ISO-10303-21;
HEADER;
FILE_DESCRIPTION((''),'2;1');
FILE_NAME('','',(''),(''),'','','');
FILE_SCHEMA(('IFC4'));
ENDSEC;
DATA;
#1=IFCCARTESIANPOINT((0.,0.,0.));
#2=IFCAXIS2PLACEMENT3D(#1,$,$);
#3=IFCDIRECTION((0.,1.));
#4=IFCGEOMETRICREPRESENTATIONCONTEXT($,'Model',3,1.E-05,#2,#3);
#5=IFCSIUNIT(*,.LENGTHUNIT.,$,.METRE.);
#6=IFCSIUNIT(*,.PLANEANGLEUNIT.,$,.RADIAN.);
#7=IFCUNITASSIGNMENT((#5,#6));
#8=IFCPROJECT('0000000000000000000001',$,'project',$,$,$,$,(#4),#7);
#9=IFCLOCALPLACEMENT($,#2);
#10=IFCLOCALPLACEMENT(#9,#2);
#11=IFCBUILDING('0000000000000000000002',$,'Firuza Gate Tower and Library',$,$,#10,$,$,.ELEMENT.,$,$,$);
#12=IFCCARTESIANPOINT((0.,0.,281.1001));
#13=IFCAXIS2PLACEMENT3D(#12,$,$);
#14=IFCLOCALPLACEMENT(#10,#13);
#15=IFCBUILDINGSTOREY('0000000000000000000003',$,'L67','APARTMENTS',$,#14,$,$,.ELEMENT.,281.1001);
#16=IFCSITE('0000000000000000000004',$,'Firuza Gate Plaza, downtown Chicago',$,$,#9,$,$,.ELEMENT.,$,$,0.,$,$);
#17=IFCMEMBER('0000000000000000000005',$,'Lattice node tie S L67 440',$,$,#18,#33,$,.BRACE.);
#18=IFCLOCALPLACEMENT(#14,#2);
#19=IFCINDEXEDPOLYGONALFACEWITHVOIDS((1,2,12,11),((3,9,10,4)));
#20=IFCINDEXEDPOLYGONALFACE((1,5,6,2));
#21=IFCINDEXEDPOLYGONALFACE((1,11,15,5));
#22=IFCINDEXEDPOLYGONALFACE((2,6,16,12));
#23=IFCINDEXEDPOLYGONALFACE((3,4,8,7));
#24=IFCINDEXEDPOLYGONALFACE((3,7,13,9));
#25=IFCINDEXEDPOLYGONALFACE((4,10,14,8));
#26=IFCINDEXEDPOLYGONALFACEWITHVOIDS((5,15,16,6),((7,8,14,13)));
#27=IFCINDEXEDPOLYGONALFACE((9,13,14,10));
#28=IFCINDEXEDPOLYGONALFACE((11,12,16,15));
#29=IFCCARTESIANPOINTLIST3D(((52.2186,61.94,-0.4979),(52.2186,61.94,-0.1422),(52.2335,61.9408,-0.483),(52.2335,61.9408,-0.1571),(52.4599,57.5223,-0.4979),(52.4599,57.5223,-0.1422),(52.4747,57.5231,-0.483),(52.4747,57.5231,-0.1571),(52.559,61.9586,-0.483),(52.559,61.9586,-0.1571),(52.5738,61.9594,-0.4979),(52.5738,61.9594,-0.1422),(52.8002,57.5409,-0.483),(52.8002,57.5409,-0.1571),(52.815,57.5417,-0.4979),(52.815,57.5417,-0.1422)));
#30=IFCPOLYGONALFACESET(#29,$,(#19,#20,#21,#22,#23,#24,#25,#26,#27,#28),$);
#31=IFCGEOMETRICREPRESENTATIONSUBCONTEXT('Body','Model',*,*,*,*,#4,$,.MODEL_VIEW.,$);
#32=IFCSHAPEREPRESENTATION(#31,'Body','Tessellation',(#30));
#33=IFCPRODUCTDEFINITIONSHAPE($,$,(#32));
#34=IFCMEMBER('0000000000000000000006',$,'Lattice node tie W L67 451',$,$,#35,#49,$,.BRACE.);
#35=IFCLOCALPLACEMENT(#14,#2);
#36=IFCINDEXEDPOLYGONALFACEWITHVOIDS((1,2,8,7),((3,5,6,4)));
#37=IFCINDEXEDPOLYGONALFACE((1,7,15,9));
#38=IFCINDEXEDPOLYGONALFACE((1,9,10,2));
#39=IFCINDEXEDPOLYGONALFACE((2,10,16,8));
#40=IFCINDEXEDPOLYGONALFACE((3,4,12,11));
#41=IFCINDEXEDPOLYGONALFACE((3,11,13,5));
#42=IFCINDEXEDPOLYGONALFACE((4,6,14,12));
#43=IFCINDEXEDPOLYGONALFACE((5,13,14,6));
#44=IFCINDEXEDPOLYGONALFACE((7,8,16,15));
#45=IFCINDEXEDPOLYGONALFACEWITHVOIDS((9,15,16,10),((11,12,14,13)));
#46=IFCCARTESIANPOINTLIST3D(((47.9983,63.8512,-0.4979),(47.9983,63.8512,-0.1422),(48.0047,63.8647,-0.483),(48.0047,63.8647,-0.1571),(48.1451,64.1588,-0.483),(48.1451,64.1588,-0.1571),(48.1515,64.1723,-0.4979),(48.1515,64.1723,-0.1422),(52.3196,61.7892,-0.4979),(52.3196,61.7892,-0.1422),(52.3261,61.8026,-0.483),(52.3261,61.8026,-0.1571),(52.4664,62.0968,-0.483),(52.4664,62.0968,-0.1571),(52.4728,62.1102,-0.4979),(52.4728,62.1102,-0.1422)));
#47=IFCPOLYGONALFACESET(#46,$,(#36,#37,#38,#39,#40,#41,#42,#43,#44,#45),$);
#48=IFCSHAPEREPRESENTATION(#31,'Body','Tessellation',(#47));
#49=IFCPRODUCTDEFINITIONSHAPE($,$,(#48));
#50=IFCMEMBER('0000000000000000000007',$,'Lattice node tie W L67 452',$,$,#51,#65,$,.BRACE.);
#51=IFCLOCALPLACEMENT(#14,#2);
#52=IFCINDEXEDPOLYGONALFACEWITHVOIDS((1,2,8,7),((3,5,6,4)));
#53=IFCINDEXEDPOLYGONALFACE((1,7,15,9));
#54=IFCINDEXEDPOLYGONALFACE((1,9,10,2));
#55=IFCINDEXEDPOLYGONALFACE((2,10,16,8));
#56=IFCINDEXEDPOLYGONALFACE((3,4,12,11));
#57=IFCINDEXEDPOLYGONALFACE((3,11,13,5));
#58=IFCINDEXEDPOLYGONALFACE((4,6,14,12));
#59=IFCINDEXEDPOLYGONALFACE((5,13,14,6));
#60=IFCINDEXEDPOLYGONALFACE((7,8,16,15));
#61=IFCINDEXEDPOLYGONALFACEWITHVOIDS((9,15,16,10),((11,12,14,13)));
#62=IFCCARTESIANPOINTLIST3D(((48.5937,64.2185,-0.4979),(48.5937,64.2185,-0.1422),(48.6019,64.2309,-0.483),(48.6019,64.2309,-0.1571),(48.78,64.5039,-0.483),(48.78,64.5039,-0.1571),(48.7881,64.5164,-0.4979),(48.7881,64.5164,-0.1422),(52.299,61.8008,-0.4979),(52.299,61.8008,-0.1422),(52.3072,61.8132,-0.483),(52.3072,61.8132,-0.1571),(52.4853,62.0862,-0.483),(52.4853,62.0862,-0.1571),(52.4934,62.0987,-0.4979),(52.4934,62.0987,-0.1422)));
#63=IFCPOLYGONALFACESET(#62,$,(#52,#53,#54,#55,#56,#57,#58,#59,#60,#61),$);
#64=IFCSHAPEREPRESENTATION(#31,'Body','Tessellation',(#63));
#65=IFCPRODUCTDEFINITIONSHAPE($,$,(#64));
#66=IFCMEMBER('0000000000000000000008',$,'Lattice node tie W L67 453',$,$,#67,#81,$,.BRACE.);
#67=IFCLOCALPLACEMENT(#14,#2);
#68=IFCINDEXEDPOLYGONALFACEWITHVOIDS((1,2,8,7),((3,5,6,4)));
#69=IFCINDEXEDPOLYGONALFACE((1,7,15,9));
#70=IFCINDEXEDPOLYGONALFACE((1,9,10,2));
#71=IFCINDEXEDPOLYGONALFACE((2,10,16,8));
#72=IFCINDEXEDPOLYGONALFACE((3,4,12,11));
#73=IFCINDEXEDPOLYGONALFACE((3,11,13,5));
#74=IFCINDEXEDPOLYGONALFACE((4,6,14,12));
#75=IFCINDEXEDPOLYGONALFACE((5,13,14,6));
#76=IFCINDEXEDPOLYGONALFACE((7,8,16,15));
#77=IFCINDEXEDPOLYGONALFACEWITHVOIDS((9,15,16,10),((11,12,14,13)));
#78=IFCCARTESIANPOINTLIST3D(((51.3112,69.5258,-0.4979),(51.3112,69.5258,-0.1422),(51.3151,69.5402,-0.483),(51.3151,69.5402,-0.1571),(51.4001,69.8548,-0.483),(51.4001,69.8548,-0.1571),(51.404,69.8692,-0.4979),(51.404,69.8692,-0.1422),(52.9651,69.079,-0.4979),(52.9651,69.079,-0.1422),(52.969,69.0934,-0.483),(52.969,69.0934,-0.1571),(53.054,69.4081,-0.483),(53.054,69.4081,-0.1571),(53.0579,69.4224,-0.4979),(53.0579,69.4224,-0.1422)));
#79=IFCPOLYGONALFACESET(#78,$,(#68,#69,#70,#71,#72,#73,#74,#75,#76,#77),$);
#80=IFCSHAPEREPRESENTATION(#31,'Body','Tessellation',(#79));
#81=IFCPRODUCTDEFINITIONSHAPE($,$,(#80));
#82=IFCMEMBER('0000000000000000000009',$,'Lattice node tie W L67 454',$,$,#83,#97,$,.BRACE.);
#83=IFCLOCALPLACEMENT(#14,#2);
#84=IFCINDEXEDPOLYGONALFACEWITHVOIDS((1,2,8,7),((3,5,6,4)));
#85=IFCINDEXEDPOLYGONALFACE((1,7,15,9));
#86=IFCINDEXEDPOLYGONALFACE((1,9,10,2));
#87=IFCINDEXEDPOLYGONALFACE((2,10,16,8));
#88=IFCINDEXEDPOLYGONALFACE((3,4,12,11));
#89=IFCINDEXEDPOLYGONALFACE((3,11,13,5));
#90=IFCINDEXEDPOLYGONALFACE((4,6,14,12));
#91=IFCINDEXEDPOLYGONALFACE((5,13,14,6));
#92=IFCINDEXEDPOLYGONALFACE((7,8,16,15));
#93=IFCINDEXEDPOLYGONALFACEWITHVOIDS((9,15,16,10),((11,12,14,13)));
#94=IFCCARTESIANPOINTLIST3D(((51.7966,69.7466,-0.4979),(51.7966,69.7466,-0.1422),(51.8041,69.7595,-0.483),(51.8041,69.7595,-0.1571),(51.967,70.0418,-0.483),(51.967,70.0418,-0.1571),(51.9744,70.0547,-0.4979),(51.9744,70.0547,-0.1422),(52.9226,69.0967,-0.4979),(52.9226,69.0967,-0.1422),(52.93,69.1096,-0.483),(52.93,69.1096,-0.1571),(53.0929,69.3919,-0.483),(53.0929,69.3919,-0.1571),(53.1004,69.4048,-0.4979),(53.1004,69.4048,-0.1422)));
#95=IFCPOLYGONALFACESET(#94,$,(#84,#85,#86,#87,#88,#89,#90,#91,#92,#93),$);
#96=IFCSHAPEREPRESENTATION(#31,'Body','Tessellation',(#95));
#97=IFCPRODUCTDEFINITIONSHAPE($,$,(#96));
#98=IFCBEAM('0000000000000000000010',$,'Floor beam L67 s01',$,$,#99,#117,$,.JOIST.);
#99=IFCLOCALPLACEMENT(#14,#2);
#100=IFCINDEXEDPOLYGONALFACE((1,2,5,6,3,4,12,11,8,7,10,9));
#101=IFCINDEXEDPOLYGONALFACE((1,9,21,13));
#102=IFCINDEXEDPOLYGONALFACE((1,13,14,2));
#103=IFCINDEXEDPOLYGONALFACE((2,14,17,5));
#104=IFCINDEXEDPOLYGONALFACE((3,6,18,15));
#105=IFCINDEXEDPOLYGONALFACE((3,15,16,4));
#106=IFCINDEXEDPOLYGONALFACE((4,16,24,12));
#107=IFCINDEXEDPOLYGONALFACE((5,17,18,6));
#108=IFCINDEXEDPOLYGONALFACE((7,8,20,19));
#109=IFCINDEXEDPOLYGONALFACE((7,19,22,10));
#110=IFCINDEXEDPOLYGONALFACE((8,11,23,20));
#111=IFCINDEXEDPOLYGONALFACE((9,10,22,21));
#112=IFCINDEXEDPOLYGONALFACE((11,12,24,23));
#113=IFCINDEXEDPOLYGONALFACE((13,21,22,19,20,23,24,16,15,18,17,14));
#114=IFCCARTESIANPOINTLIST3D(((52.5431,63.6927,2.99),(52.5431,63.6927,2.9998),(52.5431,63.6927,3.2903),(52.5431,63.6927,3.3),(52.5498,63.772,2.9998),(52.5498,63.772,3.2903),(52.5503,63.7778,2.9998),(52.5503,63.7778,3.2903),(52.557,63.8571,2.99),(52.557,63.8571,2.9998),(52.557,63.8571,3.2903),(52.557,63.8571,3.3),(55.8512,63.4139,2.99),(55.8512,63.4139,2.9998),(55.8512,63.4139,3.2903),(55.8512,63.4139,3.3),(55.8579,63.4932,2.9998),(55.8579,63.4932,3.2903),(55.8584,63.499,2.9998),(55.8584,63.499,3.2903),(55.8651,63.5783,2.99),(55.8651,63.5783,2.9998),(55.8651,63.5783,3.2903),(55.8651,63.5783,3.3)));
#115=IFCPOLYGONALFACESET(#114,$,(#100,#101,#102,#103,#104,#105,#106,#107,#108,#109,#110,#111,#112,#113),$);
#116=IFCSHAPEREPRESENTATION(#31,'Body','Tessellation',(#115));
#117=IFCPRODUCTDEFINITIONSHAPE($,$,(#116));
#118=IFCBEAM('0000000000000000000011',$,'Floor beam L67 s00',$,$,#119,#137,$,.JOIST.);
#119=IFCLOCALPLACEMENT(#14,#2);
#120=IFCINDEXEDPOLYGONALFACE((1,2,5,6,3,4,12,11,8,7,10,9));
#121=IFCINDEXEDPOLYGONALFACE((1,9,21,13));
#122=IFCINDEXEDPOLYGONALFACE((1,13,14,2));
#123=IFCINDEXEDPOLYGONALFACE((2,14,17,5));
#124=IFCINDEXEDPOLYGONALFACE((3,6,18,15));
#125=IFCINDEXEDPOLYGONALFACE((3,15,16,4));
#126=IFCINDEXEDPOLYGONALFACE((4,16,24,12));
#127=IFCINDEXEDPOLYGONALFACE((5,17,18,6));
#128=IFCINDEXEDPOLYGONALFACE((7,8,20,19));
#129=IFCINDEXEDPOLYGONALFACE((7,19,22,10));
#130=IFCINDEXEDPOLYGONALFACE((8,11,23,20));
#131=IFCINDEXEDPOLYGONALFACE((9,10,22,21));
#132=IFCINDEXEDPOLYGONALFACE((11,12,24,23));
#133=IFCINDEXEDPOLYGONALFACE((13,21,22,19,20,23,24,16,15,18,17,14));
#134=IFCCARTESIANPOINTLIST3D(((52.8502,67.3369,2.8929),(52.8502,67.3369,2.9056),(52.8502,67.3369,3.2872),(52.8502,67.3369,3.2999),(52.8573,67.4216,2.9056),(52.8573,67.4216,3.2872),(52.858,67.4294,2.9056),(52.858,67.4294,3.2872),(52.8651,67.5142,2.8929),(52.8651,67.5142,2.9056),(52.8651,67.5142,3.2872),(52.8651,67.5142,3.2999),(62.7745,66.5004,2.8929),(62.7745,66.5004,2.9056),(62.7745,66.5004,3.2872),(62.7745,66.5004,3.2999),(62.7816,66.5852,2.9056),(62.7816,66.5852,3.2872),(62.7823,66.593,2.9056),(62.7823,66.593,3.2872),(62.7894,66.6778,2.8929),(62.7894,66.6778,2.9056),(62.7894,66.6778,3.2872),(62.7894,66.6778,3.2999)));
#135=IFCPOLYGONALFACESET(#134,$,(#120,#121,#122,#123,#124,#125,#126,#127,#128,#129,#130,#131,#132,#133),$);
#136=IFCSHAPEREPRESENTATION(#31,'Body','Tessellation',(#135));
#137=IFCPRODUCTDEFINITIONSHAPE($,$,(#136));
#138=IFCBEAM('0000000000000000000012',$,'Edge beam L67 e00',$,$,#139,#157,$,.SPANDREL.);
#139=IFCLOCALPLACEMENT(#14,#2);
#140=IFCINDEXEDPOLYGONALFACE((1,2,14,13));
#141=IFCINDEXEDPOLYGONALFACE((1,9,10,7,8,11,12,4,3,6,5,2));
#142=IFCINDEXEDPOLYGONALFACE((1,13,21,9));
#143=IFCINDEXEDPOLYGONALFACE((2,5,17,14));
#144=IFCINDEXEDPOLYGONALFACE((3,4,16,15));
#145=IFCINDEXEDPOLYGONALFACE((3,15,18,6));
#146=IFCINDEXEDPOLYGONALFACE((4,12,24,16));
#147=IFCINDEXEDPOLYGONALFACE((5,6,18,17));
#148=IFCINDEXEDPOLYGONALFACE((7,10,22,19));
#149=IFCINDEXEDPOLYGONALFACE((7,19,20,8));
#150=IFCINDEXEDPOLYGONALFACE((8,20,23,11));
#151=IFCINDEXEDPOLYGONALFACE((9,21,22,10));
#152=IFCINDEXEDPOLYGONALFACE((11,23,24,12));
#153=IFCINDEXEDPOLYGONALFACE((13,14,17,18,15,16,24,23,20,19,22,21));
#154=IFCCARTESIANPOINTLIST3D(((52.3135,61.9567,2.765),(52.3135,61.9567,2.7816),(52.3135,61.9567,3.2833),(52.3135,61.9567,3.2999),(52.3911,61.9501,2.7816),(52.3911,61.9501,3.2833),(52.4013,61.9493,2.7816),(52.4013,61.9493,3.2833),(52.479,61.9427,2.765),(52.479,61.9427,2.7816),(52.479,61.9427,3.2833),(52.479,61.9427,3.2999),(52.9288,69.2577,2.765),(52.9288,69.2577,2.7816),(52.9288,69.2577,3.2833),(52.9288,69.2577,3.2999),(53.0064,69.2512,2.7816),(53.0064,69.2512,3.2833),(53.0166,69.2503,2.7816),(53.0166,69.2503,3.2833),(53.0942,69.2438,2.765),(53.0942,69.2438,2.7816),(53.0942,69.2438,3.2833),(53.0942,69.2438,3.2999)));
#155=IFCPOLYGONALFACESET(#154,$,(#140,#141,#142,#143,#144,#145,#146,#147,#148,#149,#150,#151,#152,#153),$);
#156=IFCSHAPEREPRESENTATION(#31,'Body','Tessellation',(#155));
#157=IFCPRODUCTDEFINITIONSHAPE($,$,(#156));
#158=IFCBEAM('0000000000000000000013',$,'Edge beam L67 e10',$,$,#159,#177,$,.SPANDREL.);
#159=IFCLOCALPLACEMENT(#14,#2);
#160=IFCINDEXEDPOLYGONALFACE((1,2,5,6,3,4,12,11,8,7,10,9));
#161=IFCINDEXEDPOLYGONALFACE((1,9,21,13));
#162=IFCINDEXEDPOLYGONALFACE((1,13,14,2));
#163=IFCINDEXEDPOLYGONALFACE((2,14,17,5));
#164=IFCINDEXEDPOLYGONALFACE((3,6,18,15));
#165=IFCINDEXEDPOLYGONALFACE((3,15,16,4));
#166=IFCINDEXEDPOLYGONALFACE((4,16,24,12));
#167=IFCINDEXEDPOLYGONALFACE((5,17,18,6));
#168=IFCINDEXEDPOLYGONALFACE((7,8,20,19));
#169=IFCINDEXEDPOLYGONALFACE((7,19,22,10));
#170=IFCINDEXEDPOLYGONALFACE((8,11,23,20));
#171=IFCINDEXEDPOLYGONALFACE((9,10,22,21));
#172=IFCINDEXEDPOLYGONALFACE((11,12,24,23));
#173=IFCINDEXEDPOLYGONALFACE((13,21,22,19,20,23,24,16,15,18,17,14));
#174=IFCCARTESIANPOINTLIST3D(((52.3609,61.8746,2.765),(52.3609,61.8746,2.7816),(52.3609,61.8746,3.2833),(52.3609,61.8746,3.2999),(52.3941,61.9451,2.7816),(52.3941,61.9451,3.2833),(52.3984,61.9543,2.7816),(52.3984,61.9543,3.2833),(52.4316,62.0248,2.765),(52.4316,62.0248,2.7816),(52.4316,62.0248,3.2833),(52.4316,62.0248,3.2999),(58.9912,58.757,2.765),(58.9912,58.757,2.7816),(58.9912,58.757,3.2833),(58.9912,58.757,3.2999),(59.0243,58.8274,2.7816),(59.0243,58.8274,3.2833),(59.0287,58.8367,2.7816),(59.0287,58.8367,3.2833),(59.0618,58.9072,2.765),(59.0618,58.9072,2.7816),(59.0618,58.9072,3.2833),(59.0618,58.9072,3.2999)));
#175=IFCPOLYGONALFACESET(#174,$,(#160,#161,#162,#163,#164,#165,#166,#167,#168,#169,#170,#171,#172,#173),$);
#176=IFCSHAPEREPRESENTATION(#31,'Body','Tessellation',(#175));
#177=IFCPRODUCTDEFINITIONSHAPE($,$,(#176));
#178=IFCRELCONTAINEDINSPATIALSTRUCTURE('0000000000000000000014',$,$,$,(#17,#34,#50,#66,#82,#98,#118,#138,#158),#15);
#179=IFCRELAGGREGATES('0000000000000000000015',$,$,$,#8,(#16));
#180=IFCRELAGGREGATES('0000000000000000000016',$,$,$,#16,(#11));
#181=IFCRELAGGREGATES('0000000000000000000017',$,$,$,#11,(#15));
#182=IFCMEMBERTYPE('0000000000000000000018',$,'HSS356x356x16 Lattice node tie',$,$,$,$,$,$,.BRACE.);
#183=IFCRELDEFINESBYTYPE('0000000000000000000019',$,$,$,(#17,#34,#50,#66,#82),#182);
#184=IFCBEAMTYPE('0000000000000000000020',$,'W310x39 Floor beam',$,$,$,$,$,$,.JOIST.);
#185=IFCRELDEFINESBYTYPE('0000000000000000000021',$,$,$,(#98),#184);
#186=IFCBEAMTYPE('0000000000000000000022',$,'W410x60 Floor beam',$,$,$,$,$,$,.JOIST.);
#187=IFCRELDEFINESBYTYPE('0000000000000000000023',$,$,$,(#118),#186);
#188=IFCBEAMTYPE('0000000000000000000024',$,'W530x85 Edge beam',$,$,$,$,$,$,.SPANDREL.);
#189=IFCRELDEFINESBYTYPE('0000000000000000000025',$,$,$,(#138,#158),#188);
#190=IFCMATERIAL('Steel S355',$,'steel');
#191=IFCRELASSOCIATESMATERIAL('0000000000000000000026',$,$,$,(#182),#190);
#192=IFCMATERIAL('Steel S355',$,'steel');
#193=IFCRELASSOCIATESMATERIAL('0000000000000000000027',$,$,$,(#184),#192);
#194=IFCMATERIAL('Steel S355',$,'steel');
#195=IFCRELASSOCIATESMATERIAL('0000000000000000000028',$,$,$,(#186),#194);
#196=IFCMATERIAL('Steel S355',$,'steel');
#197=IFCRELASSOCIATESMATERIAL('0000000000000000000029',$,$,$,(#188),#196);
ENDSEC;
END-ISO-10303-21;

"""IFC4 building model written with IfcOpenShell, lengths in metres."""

from ifc_helpers import new_model, si_unit, direction, frame, origin, origin_2d, place, context, subcontext, project, spatial, hollow_rectangle, i_section, extrude, material, material_profile, profile_set, type_object, element, save


model = new_model("IFC4")

# Units and contexts
model_context = context("Model", 3, precision=1e-05, world=origin(), true_north=direction((0.0, 1.0)))
body_context = subcontext(model_context, "Body", "Model", "MODEL_VIEW")
ifc_project = project(units=[si_unit("LENGTHUNIT", "METRE"), si_unit("PLANEANGLEUNIT", "RADIAN")], contexts=[model_context])

# Site, building, storey
site_placement = place(None, origin())
site = spatial("IfcSite", under=ifc_project, at=site_placement, Name="Firuza Gate Plaza, downtown Chicago", CompositionType="ELEMENT", RefElevation=0.0)
building_placement = place(site_placement, origin())
building = spatial("IfcBuilding", under=site, at=building_placement, Name="Firuza Gate Tower and Library", CompositionType="ELEMENT")
storey_placement = place(building_placement, frame((0.0, 0.0, 281.1001)))
storey = spatial("IfcBuildingStorey", under=building, at=storey_placement, Name="L67", Description="APARTMENTS", CompositionType="ELEMENT", Elevation=281.1001)

# Members
ifc_material_1 = material(Name="Steel S355", Category="steel")
ifc_material_profile_1 = material_profile(ifc_material_1, hollow_rectangle(XDim=0.3557, YDim=0.3557, WallThickness=0.0149, at=origin_2d()))
ifc_profile_set_1 = profile_set([ifc_material_profile_1], Name="Steel S355")
member_type_1 = type_object("IfcMemberType", Name="HSS356x356x16 Lattice node tie", PredefinedType="BRACE", material=ifc_profile_set_1)
member_1_placement = place(storey_placement, frame((52.3962, 61.9497, -0.3201), z_axis=(0.05452, -0.998513, 0.0), x_axis=(0.998513, 0.05452, 0.0)))
element("IfcMember", 1, at=member_1_placement, inside=storey, type_object=member_type_1, Name="Lattice node tie S L67 440", PredefinedType="BRACE", context=body_context, shape_type="SweptSolid", body=[
    extrude(hollow_rectangle(XDim=0.3557, YDim=0.3557, WallThickness=0.0149, at=origin_2d()), origin(), (0.0, 0.0, 1.0), 4.4243),
])
member_2_placement = place(storey_placement, frame((52.3962, 61.9497, -0.3201), z_axis=(-0.902515, 0.430658, 0.0), x_axis=(-0.430658, -0.902515, 0.0)))
element("IfcMember", 2, at=member_2_placement, inside=storey, type_object=member_type_1, Name="Lattice node tie W L67 451", PredefinedType="BRACE", context=body_context, shape_type="SweptSolid", body=[
    extrude(hollow_rectangle(XDim=0.3557, YDim=0.3557, WallThickness=0.0149, at=origin_2d()), origin(), (0.0, 0.0, 1.0), 4.7881),
])
member_3_placement = place(storey_placement, frame((52.3962, 61.9497, -0.3201), z_axis=(-0.837485, 0.54646, 0.0), x_axis=(-0.54646, -0.837485, 0.0)))
element("IfcMember", 3, at=member_3_placement, inside=storey, type_object=member_type_1, Name="Lattice node tie W L67 452", PredefinedType="BRACE", context=body_context, shape_type="SweptSolid", body=[
    extrude(hollow_rectangle(XDim=0.3557, YDim=0.3557, WallThickness=0.0149, at=origin_2d()), origin(), (0.0, 0.0, 1.0), 4.4243),
])
member_4_placement = place(storey_placement, frame((53.0115, 69.2507, -0.3201), z_axis=(-0.965392, 0.260801, 0.0), x_axis=(-0.260801, -0.965392, 0.0)))
element("IfcMember", 4, at=member_4_placement, inside=storey, type_object=member_type_1, Name="Lattice node tie W L67 453", PredefinedType="BRACE", context=body_context, shape_type="SweptSolid", body=[
    extrude(hollow_rectangle(XDim=0.3557, YDim=0.3557, WallThickness=0.0149, at=origin_2d()), origin(), (0.0, 0.0, 1.0), 1.7131),
])
member_5_placement = place(storey_placement, frame((53.0115, 69.2507, -0.3201), z_axis=(-0.866086, 0.499896, 0.0), x_axis=(-0.499896, -0.866086, 0.0)))
element("IfcMember", 5, at=member_5_placement, inside=storey, type_object=member_type_1, Name="Lattice node tie W L67 454", PredefinedType="BRACE", context=body_context, shape_type="SweptSolid", body=[
    extrude(hollow_rectangle(XDim=0.3557, YDim=0.3557, WallThickness=0.0149, at=origin_2d()), origin(), (0.0, 0.0, 1.0), 1.3),
])

# Beams
ifc_material_2 = material(Name="Steel S355", Category="steel")
ifc_material_profile_2 = material_profile(ifc_material_2, i_section(OverallWidth=0.165, OverallDepth=0.3101, WebThickness=0.0059, FlangeThickness=0.0098, at=origin_2d()))
ifc_profile_set_2 = profile_set([ifc_material_profile_2], Name="Steel S355")
beam_type_1 = type_object("IfcBeamType", Name="W310x39 Floor beam", PredefinedType="JOIST", material=ifc_profile_set_2)
beam_1_placement = place(storey_placement, frame((52.55, 63.7749, 3.145), z_axis=(0.996467, -0.083983, 0.0), x_axis=(0.083983, 0.996467, 0.0)))
element("IfcBeam", 6, at=beam_1_placement, inside=storey, type_object=beam_type_1, Name="Floor beam L67 s01", PredefinedType="JOIST", context=body_context, shape_type="SweptSolid", body=[
    extrude(i_section(OverallWidth=0.165, OverallDepth=0.3101, WebThickness=0.0059, FlangeThickness=0.0098, at=origin_2d()), origin(), (0.0, 0.0, 1.0), 3.3198),
])
ifc_material_3 = material(Name="Steel S355", Category="steel")
ifc_material_profile_3 = material_profile(ifc_material_3, i_section(OverallWidth=0.178, OverallDepth=0.407, WebThickness=0.0078, FlangeThickness=0.0127, at=origin_2d()))
ifc_profile_set_3 = profile_set([ifc_material_profile_3], Name="Steel S355")
beam_type_2 = type_object("IfcBeamType", Name="W410x60 Floor beam", PredefinedType="JOIST", material=ifc_profile_set_3)
beam_2_placement = place(storey_placement, frame((52.8577, 67.4255, 3.0964), z_axis=(0.996467, -0.083983, 0.0), x_axis=(0.083983, 0.996467, 0.0)))
element("IfcBeam", 7, at=beam_2_placement, inside=storey, type_object=beam_type_2, Name="Floor beam L67 s00", PredefinedType="JOIST", context=body_context, shape_type="SweptSolid", body=[
    extrude(i_section(OverallWidth=0.178, OverallDepth=0.407, WebThickness=0.0078, FlangeThickness=0.0127, at=origin_2d()), origin(), (0.0, 0.0, 1.0), 9.9595),
])
ifc_material_4 = material(Name="Steel S355", Category="steel")
ifc_material_profile_4 = material_profile(ifc_material_4, i_section(OverallWidth=0.166, OverallDepth=0.5349, WebThickness=0.0103, FlangeThickness=0.0166, at=origin_2d()))
ifc_profile_set_4 = profile_set([ifc_material_profile_4], Name="Steel S355")
beam_type_3 = type_object("IfcBeamType", Name="W530x85 Edge beam", PredefinedType="SPANDREL", material=ifc_profile_set_4)
beam_3_placement = place(storey_placement, frame((53.0115, 69.2507, 3.0325), z_axis=(-0.083969, -0.996468, 0.0), x_axis=(0.996468, -0.083969, 0.0)))
element("IfcBeam", 8, at=beam_3_placement, inside=storey, type_object=beam_type_3, Name="Edge beam L67 e00", PredefinedType="SPANDREL", context=body_context, shape_type="SweptSolid", body=[
    extrude(i_section(OverallWidth=0.166, OverallDepth=0.5349, WebThickness=0.0103, FlangeThickness=0.0166, at=origin_2d()), origin(), (0.0, 0.0, 1.0), 7.3269),
])
beam_4_placement = place(storey_placement, frame((52.3962, 61.9497, 3.0325), z_axis=(0.90495, -0.425518, 0.0), x_axis=(0.425518, 0.90495, 0.0)))
element("IfcBeam", 9, at=beam_4_placement, inside=storey, type_object=beam_type_3, Name="Edge beam L67 e10", PredefinedType="SPANDREL", context=body_context, shape_type="SweptSolid", body=[
    extrude(i_section(OverallWidth=0.166, OverallDepth=0.5349, WebThickness=0.0103, FlangeThickness=0.0166, at=origin_2d()), origin(), (0.0, 0.0, 1.0), 7.3267),
])

save(model, "model.ifc")
